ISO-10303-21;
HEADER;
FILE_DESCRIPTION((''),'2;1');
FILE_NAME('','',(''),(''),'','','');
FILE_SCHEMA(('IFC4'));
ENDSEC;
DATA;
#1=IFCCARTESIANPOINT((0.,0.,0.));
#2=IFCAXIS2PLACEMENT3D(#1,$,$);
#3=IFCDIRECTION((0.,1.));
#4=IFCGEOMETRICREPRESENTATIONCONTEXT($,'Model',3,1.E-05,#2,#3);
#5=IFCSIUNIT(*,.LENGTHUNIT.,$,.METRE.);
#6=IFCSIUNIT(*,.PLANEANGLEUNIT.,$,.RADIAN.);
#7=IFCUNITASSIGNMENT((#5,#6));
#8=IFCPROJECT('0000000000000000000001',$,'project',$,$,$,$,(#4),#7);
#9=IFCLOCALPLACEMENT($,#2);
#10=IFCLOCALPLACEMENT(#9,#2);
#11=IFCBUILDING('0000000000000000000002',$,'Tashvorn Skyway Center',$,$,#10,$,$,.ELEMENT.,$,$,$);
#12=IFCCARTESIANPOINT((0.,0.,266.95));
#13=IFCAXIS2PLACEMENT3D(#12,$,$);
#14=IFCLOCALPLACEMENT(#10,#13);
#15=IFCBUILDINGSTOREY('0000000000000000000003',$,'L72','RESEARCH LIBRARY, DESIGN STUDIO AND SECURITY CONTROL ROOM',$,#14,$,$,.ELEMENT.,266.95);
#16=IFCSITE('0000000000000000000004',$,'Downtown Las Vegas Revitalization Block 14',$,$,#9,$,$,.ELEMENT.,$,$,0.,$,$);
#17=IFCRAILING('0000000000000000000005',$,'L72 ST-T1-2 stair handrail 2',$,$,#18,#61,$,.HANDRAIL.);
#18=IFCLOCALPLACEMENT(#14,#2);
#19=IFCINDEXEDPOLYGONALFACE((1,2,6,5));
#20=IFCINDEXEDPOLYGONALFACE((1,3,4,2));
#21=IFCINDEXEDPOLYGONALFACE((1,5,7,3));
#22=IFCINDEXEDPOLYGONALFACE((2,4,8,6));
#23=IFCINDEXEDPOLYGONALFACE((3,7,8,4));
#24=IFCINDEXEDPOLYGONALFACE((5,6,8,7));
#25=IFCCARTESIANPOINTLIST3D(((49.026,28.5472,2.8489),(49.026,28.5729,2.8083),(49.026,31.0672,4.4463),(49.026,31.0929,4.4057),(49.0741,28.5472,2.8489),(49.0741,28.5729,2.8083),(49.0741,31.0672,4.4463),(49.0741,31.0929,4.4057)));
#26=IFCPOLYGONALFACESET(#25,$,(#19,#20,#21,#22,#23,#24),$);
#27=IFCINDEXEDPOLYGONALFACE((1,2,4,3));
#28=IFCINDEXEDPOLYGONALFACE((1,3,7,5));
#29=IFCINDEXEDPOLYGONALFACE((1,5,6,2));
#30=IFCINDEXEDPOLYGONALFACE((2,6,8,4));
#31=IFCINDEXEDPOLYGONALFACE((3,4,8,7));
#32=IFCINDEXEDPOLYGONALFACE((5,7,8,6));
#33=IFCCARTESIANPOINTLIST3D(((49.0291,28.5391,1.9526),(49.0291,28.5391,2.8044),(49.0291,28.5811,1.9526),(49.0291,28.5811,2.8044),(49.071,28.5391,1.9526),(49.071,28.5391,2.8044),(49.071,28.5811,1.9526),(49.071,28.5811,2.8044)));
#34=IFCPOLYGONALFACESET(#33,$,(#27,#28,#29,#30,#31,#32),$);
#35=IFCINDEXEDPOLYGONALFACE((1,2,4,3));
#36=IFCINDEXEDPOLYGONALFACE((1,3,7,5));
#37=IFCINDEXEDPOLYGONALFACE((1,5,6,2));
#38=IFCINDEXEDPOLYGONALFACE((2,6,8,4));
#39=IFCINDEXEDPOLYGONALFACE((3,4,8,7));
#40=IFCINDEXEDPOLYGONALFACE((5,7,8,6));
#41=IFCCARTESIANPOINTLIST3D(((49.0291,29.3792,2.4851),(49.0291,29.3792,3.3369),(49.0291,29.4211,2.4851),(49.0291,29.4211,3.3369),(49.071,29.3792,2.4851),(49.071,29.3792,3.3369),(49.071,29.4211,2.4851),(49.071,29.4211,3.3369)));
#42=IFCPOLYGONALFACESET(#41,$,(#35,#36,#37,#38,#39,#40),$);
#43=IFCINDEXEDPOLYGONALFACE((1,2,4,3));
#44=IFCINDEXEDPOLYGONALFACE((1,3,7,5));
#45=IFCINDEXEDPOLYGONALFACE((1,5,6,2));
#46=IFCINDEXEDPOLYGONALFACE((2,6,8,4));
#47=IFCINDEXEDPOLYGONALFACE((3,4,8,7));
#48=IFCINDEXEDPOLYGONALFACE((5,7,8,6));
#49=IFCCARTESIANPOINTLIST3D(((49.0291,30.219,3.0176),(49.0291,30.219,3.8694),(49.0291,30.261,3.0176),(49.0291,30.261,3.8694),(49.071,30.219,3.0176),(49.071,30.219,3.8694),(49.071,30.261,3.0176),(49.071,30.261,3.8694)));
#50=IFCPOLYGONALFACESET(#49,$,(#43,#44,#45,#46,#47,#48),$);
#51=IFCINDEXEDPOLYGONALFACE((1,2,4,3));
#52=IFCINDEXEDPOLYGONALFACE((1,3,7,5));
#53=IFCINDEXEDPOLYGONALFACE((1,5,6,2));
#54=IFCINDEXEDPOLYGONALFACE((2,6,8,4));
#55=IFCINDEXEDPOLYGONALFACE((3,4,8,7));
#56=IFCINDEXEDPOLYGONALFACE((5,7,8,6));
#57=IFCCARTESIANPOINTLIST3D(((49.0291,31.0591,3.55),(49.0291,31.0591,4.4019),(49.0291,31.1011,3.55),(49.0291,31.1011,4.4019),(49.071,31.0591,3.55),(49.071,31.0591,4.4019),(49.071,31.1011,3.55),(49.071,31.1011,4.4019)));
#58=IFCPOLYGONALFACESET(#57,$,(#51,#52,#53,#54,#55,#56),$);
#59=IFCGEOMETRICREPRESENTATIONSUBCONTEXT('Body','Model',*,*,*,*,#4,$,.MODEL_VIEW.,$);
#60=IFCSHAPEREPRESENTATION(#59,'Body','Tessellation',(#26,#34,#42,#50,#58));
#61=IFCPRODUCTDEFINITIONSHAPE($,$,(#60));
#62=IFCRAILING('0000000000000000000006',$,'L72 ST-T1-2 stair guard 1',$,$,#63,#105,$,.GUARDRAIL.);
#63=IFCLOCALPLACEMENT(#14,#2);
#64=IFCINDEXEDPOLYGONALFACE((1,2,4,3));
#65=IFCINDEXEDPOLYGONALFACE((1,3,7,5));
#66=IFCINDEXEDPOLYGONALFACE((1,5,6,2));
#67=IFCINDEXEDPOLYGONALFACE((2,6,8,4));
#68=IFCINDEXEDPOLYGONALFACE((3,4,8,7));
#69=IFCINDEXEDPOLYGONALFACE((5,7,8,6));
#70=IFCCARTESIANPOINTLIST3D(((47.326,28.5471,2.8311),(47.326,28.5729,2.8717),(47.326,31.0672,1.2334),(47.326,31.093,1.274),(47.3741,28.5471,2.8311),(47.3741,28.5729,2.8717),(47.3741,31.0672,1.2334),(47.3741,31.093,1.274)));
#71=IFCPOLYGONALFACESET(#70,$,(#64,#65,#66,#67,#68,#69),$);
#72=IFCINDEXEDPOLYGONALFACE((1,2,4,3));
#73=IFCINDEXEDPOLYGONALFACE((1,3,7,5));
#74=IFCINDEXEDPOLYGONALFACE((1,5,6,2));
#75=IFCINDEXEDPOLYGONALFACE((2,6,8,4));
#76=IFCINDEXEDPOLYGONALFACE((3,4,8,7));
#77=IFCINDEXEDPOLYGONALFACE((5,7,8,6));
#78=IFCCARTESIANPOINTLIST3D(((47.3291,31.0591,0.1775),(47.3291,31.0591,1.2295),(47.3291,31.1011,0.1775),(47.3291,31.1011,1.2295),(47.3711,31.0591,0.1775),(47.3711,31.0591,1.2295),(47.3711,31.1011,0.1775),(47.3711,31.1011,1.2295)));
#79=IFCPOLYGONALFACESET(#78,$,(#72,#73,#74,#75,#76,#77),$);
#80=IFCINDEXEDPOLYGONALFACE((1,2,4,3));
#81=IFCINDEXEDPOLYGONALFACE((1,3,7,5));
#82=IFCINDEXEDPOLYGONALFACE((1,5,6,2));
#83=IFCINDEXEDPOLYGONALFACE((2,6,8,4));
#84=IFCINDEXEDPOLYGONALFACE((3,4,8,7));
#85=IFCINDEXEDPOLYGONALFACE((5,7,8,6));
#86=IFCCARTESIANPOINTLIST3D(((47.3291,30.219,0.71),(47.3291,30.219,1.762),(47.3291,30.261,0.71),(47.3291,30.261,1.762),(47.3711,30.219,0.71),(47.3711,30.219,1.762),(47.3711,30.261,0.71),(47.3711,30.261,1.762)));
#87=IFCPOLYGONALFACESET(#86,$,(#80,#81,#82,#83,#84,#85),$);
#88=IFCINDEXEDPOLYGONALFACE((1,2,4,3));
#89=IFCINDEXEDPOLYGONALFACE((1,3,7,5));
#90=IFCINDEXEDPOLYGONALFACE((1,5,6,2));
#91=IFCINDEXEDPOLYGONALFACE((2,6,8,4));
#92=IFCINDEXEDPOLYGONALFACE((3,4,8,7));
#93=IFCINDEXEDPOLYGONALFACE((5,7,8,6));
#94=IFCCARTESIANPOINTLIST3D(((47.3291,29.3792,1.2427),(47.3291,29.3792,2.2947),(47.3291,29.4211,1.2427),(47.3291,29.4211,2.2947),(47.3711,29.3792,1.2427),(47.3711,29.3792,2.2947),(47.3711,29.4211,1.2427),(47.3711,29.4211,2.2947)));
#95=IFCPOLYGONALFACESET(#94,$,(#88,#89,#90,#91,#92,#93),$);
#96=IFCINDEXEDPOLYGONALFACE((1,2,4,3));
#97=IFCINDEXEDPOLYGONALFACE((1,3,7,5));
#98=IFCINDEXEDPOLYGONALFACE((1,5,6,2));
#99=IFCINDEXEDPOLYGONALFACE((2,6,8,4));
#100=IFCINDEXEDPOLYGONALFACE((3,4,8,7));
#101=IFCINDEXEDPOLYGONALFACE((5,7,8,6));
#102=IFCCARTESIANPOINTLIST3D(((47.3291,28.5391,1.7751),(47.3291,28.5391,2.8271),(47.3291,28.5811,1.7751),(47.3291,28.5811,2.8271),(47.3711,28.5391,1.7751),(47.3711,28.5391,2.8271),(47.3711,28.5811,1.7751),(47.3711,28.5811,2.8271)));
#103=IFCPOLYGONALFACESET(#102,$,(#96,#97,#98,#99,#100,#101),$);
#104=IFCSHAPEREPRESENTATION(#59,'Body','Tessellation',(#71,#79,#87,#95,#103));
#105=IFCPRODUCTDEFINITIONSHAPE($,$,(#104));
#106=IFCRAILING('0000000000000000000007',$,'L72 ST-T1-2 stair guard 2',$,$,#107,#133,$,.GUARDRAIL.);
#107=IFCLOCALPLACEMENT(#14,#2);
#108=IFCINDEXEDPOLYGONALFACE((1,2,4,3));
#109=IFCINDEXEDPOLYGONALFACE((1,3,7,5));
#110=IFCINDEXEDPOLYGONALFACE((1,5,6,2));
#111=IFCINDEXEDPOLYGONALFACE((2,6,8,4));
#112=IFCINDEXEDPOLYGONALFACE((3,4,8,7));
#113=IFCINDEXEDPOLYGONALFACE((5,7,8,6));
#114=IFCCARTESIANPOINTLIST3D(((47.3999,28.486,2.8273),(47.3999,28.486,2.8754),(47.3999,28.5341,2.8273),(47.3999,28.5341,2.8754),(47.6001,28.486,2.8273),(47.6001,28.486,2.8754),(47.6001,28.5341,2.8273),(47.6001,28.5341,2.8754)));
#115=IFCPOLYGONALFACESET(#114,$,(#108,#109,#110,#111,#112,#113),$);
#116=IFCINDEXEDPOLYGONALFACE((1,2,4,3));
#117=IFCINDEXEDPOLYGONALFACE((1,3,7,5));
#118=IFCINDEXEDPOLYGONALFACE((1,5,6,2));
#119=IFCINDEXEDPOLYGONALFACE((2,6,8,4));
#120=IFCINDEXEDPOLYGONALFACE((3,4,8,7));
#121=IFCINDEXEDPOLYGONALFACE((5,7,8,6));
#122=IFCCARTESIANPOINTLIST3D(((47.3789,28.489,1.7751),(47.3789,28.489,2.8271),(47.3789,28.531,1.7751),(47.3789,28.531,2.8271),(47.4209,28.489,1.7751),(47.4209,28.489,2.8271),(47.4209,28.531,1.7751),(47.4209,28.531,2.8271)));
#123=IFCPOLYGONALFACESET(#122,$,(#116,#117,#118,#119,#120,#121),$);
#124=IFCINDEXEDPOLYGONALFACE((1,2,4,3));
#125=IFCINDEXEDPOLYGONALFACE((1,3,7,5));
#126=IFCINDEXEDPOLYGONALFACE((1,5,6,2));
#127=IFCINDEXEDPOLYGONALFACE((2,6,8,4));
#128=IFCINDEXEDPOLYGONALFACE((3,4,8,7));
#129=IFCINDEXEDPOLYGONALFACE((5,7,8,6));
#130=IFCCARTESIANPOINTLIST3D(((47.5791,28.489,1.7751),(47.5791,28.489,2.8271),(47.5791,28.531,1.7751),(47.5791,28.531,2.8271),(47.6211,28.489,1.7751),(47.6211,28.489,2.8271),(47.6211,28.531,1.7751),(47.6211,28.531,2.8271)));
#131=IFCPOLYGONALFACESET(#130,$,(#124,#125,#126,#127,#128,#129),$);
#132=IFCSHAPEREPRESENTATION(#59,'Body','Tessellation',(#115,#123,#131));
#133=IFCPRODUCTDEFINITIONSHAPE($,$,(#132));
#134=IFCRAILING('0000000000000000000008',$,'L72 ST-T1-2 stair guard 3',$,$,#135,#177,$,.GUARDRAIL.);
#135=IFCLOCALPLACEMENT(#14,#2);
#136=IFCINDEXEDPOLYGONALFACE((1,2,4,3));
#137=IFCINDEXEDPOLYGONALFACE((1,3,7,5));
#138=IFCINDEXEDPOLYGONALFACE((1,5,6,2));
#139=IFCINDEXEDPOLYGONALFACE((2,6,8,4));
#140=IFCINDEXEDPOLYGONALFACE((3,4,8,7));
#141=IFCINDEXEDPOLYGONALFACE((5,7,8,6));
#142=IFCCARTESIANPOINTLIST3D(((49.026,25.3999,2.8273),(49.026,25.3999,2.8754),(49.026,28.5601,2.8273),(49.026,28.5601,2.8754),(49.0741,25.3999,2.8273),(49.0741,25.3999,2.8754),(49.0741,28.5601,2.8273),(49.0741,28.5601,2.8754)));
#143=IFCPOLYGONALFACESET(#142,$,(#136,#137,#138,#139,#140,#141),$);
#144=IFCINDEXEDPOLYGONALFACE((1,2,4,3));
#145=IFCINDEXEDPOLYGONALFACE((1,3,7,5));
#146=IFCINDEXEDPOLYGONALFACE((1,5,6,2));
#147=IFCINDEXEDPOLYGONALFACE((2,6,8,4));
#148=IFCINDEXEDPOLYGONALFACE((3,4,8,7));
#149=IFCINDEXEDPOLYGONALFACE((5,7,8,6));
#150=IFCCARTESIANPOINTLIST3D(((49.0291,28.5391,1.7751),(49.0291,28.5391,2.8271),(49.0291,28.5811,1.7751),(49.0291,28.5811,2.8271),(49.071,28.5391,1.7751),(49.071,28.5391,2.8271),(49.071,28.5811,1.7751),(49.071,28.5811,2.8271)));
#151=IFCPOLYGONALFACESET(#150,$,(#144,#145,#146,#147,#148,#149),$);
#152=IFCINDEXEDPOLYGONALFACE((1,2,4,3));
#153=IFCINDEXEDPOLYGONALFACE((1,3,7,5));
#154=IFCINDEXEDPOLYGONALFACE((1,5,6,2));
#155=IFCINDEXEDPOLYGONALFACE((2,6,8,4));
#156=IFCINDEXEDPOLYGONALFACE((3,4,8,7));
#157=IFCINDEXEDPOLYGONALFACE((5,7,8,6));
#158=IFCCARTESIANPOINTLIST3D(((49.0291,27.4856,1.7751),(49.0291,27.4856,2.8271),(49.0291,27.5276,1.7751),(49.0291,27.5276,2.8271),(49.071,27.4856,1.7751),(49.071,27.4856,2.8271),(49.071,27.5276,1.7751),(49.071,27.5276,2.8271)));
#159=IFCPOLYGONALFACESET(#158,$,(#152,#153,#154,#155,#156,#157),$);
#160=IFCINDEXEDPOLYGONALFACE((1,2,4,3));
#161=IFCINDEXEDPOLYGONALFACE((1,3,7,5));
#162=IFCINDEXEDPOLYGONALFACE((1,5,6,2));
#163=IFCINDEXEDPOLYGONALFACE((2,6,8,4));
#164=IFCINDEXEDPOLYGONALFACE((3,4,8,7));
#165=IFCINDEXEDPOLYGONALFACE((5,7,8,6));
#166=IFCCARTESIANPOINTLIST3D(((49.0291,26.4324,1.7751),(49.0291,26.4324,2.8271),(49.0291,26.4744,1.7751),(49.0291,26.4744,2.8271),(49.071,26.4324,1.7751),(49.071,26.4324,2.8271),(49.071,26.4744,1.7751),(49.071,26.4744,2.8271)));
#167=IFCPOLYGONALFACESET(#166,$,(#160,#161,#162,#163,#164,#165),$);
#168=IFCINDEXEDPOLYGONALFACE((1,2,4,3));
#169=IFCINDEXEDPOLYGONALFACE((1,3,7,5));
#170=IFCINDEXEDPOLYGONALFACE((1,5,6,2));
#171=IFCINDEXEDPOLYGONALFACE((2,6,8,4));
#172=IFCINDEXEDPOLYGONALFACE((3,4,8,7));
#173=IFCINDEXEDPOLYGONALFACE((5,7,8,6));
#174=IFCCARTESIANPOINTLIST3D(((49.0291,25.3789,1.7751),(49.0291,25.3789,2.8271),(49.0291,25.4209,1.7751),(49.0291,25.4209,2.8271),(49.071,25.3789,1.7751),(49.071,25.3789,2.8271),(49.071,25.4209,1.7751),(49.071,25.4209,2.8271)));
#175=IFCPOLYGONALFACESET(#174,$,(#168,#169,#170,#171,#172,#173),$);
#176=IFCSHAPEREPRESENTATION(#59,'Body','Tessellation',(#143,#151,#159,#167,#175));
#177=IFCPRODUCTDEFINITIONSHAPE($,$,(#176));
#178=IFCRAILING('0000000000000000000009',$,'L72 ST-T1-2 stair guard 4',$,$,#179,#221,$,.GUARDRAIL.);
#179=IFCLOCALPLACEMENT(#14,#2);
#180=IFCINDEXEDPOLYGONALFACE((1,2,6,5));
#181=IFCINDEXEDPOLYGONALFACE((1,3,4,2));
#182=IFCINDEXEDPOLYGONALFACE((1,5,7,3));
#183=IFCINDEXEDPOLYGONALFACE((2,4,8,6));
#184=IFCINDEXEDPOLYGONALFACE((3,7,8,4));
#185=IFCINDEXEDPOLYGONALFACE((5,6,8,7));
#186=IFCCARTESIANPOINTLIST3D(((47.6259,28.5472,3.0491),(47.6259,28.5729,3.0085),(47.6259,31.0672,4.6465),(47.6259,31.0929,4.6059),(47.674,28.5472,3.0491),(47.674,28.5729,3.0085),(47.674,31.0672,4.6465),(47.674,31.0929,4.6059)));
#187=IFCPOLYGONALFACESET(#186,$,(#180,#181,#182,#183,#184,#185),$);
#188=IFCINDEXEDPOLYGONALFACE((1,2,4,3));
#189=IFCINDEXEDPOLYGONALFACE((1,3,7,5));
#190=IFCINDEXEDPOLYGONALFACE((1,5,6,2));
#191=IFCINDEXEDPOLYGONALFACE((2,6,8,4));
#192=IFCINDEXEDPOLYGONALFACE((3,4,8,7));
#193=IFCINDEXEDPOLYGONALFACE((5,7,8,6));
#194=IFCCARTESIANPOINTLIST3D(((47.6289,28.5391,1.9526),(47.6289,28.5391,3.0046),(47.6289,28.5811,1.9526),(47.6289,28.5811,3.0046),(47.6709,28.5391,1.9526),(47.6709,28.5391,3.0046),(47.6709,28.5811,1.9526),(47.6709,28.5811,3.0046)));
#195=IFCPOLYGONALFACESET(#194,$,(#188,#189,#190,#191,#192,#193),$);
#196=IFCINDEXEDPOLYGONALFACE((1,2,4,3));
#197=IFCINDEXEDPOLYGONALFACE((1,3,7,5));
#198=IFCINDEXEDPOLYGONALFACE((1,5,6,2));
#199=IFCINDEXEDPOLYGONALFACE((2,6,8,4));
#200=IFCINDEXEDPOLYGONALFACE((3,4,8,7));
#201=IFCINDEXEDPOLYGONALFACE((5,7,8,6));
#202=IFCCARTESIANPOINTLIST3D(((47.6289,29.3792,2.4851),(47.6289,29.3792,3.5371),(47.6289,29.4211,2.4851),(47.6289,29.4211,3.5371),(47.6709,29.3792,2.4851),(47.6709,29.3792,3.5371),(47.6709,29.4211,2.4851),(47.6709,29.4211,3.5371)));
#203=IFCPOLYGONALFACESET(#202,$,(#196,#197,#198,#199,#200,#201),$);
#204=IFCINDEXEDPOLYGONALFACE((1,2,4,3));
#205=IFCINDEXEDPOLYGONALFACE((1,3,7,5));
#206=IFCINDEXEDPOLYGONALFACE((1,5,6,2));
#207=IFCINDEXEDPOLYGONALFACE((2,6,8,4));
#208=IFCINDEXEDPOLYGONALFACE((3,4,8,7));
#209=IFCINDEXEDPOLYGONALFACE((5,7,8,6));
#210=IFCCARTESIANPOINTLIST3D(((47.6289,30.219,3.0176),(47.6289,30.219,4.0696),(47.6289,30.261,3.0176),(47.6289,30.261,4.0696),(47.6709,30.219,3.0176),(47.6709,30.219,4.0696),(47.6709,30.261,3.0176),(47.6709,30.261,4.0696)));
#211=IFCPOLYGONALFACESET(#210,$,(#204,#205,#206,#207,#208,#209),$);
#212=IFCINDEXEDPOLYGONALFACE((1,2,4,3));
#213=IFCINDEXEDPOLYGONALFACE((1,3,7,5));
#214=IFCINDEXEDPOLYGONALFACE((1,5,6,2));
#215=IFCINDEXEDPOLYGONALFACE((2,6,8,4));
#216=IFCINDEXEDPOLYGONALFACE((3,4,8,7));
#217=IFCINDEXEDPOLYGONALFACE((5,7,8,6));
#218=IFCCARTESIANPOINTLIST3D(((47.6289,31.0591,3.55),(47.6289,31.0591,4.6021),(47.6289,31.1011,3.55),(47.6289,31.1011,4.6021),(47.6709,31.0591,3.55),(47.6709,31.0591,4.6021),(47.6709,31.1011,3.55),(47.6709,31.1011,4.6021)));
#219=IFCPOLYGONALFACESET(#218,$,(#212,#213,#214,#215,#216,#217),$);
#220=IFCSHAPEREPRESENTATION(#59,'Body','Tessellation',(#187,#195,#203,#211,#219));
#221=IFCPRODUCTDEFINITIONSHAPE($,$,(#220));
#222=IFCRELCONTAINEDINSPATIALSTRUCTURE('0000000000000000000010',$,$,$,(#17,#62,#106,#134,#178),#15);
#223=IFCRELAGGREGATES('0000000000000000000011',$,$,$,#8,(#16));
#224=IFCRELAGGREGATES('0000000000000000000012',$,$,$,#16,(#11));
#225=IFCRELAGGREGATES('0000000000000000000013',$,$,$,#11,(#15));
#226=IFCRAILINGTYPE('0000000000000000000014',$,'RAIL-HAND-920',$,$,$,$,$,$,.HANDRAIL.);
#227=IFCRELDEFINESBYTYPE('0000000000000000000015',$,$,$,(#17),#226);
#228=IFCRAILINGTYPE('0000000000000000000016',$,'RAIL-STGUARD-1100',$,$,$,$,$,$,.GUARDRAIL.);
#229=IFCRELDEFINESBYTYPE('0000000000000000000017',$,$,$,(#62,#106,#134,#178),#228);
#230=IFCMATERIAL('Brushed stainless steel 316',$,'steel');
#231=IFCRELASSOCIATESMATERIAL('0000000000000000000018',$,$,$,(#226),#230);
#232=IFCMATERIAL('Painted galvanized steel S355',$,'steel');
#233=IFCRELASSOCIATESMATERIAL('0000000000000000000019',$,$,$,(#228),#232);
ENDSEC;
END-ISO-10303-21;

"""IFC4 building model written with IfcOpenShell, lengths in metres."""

from ifc_helpers import new_model, si_unit, direction, frame, origin, origin_2d, place, context, subcontext, project, spatial, rectangle, extrude, material, type_object, element, save


model = new_model("IFC4")

# Units and contexts
model_context = context("Model", 3, precision=1e-05, world=origin(), true_north=direction((0.0, 1.0)))
body_context = subcontext(model_context, "Body", "Model", "MODEL_VIEW")
ifc_project = project(units=[si_unit("LENGTHUNIT", "METRE"), si_unit("PLANEANGLEUNIT", "RADIAN")], contexts=[model_context])

# Site, building, storey
site_placement = place(None, origin())
site = spatial("IfcSite", under=ifc_project, at=site_placement, Name="Downtown Las Vegas Revitalization Block 14", CompositionType="ELEMENT", RefElevation=0.0)
building_placement = place(site_placement, origin())
building = spatial("IfcBuilding", under=site, at=building_placement, Name="Tashvorn Skyway Center", CompositionType="ELEMENT")
storey_placement = place(building_placement, frame((0.0, 0.0, 266.95)))
storey = spatial("IfcBuildingStorey", under=building, at=storey_placement, Name="L72", Description="RESEARCH LIBRARY, DESIGN STUDIO AND SECURITY CONTROL ROOM", CompositionType="ELEMENT", Elevation=266.95)

# Railings
ifc_material_1 = material(Name="Brushed stainless steel 316", Category="steel")
railing_type_1 = type_object("IfcRailingType", Name="RAIL-HAND-920", PredefinedType="HANDRAIL", material=ifc_material_1)
railing_1_placement = place(storey_placement, frame((49.05, 28.5601, 1.9526)))
element("IfcRailing", 1, at=railing_1_placement, inside=storey, type_object=railing_type_1, Name="L72 ST-T1-2 stair handrail 2", PredefinedType="HANDRAIL", context=body_context, shape_type="SweptSolid", body=[
    extrude(rectangle(XDim=0.0481, YDim=0.0481, at=origin_2d()), frame((0.0, 0.0, 0.876), z_axis=(0.0, 0.844607, 0.535387), x_axis=(-1.0, 0.0, 0.0)), (0.0, 0.0, 1.0), 2.9836),
    extrude(rectangle(XDim=0.042, YDim=0.042, at=origin_2d()), origin(), (0.0, 0.0, 1.0), 0.8518),
    extrude(rectangle(XDim=0.042, YDim=0.042, at=origin_2d()), frame((0.0, 0.8401, 0.5325)), (0.0, 0.0, 1.0), 0.8518),
    extrude(rectangle(XDim=0.042, YDim=0.042, at=origin_2d()), frame((0.0, 1.6799, 1.0649)), (0.0, 0.0, 1.0), 0.8518),
    extrude(rectangle(XDim=0.042, YDim=0.042, at=origin_2d()), frame((0.0, 2.52, 1.5974)), (0.0, 0.0, 1.0), 0.8518),
])
ifc_material_2 = material(Name="Painted galvanized steel S355", Category="steel")
railing_type_2 = type_object("IfcRailingType", Name="RAIL-STGUARD-1100", PredefinedType="GUARDRAIL", material=ifc_material_2)
railing_2_placement = place(storey_placement, frame((47.3501, 31.0801, 0.1775)))
element("IfcRailing", 2, at=railing_2_placement, inside=storey, type_object=railing_type_2, Name="L72 ST-T1-2 stair guard 1", PredefinedType="GUARDRAIL", context=body_context, shape_type="SweptSolid", body=[
    extrude(rectangle(XDim=0.0481, YDim=0.0481, at=origin_2d()), frame((0.0, 0.0, 1.0762), z_axis=(0.0, -0.84457, 0.535445), x_axis=(1.0, 0.0, 0.0)), (0.0, 0.0, 1.0), 2.9839),
    extrude(rectangle(XDim=0.042, YDim=0.042, at=origin_2d()), origin(), (0.0, 0.0, 1.0), 1.052),
    extrude(rectangle(XDim=0.042, YDim=0.042, at=origin_2d()), frame((0.0, -0.8401, 0.5325)), (0.0, 0.0, 1.0), 1.052),
    extrude(rectangle(XDim=0.042, YDim=0.042, at=origin_2d()), frame((0.0, -1.6799, 1.0652)), (0.0, 0.0, 1.0), 1.052),
    extrude(rectangle(XDim=0.042, YDim=0.042, at=origin_2d()), frame((0.0, -2.52, 1.5977)), (0.0, 0.0, 1.0), 1.052),
])
railing_3_placement = place(storey_placement, frame((47.3999, 28.51, 1.7751)))
element("IfcRailing", 3, at=railing_3_placement, inside=storey, type_object=railing_type_2, Name="L72 ST-T1-2 stair guard 2", PredefinedType="GUARDRAIL", context=body_context, shape_type="SweptSolid", body=[
    extrude(rectangle(XDim=0.0481, YDim=0.0481, at=origin_2d()), frame((0.0, 0.0, 1.0762), z_axis=(1.0, 0.0, 0.0), x_axis=(0.0, 1.0, 0.0)), (0.0, 0.0, 1.0), 0.2002),
    extrude(rectangle(XDim=0.042, YDim=0.042, at=origin_2d()), origin(), (0.0, 0.0, 1.0), 1.052),
    extrude(rectangle(XDim=0.042, YDim=0.042, at=origin_2d()), frame((0.2002, 0.0, 0.0)), (0.0, 0.0, 1.0), 1.052),
])
railing_4_placement = place(storey_placement, frame((49.05, 28.5601, 1.7751)))
element("IfcRailing", 4, at=railing_4_placement, inside=storey, type_object=railing_type_2, Name="L72 ST-T1-2 stair guard 3", PredefinedType="GUARDRAIL", context=body_context, shape_type="SweptSolid", body=[
    extrude(rectangle(XDim=0.0481, YDim=0.0481, at=origin_2d()), frame((0.0, 0.0, 1.0762), z_axis=(0.0, -1.0, 0.0), x_axis=(1.0, 0.0, 0.0)), (0.0, 0.0, 1.0), 3.1602),
    extrude(rectangle(XDim=0.042, YDim=0.042, at=origin_2d()), origin(), (0.0, 0.0, 1.0), 1.052),
    extrude(rectangle(XDim=0.042, YDim=0.042, at=origin_2d()), frame((0.0, -1.0535, 0.0)), (0.0, 0.0, 1.0), 1.052),
    extrude(rectangle(XDim=0.042, YDim=0.042, at=origin_2d()), frame((0.0, -2.1067, 0.0)), (0.0, 0.0, 1.0), 1.052),
    extrude(rectangle(XDim=0.042, YDim=0.042, at=origin_2d()), frame((0.0, -3.1602, 0.0)), (0.0, 0.0, 1.0), 1.052),
])
railing_5_placement = place(storey_placement, frame((47.6499, 28.5601, 1.9526)))
element("IfcRailing", 5, at=railing_5_placement, inside=storey, type_object=railing_type_2, Name="L72 ST-T1-2 stair guard 4", PredefinedType="GUARDRAIL", context=body_context, shape_type="SweptSolid", body=[
    extrude(rectangle(XDim=0.0481, YDim=0.0481, at=origin_2d()), frame((0.0, 0.0, 1.0762), z_axis=(0.0, 0.844607, 0.535387), x_axis=(-1.0, 0.0, 0.0)), (0.0, 0.0, 1.0), 2.9836),
    extrude(rectangle(XDim=0.042, YDim=0.042, at=origin_2d()), origin(), (0.0, 0.0, 1.0), 1.052),
    extrude(rectangle(XDim=0.042, YDim=0.042, at=origin_2d()), frame((0.0, 0.8401, 0.5325)), (0.0, 0.0, 1.0), 1.052),
    extrude(rectangle(XDim=0.042, YDim=0.042, at=origin_2d()), frame((0.0, 1.6799, 1.0649)), (0.0, 0.0, 1.0), 1.052),
    extrude(rectangle(XDim=0.042, YDim=0.042, at=origin_2d()), frame((0.0, 2.52, 1.5974)), (0.0, 0.0, 1.0), 1.052),
])

save(model, "model.ifc")
